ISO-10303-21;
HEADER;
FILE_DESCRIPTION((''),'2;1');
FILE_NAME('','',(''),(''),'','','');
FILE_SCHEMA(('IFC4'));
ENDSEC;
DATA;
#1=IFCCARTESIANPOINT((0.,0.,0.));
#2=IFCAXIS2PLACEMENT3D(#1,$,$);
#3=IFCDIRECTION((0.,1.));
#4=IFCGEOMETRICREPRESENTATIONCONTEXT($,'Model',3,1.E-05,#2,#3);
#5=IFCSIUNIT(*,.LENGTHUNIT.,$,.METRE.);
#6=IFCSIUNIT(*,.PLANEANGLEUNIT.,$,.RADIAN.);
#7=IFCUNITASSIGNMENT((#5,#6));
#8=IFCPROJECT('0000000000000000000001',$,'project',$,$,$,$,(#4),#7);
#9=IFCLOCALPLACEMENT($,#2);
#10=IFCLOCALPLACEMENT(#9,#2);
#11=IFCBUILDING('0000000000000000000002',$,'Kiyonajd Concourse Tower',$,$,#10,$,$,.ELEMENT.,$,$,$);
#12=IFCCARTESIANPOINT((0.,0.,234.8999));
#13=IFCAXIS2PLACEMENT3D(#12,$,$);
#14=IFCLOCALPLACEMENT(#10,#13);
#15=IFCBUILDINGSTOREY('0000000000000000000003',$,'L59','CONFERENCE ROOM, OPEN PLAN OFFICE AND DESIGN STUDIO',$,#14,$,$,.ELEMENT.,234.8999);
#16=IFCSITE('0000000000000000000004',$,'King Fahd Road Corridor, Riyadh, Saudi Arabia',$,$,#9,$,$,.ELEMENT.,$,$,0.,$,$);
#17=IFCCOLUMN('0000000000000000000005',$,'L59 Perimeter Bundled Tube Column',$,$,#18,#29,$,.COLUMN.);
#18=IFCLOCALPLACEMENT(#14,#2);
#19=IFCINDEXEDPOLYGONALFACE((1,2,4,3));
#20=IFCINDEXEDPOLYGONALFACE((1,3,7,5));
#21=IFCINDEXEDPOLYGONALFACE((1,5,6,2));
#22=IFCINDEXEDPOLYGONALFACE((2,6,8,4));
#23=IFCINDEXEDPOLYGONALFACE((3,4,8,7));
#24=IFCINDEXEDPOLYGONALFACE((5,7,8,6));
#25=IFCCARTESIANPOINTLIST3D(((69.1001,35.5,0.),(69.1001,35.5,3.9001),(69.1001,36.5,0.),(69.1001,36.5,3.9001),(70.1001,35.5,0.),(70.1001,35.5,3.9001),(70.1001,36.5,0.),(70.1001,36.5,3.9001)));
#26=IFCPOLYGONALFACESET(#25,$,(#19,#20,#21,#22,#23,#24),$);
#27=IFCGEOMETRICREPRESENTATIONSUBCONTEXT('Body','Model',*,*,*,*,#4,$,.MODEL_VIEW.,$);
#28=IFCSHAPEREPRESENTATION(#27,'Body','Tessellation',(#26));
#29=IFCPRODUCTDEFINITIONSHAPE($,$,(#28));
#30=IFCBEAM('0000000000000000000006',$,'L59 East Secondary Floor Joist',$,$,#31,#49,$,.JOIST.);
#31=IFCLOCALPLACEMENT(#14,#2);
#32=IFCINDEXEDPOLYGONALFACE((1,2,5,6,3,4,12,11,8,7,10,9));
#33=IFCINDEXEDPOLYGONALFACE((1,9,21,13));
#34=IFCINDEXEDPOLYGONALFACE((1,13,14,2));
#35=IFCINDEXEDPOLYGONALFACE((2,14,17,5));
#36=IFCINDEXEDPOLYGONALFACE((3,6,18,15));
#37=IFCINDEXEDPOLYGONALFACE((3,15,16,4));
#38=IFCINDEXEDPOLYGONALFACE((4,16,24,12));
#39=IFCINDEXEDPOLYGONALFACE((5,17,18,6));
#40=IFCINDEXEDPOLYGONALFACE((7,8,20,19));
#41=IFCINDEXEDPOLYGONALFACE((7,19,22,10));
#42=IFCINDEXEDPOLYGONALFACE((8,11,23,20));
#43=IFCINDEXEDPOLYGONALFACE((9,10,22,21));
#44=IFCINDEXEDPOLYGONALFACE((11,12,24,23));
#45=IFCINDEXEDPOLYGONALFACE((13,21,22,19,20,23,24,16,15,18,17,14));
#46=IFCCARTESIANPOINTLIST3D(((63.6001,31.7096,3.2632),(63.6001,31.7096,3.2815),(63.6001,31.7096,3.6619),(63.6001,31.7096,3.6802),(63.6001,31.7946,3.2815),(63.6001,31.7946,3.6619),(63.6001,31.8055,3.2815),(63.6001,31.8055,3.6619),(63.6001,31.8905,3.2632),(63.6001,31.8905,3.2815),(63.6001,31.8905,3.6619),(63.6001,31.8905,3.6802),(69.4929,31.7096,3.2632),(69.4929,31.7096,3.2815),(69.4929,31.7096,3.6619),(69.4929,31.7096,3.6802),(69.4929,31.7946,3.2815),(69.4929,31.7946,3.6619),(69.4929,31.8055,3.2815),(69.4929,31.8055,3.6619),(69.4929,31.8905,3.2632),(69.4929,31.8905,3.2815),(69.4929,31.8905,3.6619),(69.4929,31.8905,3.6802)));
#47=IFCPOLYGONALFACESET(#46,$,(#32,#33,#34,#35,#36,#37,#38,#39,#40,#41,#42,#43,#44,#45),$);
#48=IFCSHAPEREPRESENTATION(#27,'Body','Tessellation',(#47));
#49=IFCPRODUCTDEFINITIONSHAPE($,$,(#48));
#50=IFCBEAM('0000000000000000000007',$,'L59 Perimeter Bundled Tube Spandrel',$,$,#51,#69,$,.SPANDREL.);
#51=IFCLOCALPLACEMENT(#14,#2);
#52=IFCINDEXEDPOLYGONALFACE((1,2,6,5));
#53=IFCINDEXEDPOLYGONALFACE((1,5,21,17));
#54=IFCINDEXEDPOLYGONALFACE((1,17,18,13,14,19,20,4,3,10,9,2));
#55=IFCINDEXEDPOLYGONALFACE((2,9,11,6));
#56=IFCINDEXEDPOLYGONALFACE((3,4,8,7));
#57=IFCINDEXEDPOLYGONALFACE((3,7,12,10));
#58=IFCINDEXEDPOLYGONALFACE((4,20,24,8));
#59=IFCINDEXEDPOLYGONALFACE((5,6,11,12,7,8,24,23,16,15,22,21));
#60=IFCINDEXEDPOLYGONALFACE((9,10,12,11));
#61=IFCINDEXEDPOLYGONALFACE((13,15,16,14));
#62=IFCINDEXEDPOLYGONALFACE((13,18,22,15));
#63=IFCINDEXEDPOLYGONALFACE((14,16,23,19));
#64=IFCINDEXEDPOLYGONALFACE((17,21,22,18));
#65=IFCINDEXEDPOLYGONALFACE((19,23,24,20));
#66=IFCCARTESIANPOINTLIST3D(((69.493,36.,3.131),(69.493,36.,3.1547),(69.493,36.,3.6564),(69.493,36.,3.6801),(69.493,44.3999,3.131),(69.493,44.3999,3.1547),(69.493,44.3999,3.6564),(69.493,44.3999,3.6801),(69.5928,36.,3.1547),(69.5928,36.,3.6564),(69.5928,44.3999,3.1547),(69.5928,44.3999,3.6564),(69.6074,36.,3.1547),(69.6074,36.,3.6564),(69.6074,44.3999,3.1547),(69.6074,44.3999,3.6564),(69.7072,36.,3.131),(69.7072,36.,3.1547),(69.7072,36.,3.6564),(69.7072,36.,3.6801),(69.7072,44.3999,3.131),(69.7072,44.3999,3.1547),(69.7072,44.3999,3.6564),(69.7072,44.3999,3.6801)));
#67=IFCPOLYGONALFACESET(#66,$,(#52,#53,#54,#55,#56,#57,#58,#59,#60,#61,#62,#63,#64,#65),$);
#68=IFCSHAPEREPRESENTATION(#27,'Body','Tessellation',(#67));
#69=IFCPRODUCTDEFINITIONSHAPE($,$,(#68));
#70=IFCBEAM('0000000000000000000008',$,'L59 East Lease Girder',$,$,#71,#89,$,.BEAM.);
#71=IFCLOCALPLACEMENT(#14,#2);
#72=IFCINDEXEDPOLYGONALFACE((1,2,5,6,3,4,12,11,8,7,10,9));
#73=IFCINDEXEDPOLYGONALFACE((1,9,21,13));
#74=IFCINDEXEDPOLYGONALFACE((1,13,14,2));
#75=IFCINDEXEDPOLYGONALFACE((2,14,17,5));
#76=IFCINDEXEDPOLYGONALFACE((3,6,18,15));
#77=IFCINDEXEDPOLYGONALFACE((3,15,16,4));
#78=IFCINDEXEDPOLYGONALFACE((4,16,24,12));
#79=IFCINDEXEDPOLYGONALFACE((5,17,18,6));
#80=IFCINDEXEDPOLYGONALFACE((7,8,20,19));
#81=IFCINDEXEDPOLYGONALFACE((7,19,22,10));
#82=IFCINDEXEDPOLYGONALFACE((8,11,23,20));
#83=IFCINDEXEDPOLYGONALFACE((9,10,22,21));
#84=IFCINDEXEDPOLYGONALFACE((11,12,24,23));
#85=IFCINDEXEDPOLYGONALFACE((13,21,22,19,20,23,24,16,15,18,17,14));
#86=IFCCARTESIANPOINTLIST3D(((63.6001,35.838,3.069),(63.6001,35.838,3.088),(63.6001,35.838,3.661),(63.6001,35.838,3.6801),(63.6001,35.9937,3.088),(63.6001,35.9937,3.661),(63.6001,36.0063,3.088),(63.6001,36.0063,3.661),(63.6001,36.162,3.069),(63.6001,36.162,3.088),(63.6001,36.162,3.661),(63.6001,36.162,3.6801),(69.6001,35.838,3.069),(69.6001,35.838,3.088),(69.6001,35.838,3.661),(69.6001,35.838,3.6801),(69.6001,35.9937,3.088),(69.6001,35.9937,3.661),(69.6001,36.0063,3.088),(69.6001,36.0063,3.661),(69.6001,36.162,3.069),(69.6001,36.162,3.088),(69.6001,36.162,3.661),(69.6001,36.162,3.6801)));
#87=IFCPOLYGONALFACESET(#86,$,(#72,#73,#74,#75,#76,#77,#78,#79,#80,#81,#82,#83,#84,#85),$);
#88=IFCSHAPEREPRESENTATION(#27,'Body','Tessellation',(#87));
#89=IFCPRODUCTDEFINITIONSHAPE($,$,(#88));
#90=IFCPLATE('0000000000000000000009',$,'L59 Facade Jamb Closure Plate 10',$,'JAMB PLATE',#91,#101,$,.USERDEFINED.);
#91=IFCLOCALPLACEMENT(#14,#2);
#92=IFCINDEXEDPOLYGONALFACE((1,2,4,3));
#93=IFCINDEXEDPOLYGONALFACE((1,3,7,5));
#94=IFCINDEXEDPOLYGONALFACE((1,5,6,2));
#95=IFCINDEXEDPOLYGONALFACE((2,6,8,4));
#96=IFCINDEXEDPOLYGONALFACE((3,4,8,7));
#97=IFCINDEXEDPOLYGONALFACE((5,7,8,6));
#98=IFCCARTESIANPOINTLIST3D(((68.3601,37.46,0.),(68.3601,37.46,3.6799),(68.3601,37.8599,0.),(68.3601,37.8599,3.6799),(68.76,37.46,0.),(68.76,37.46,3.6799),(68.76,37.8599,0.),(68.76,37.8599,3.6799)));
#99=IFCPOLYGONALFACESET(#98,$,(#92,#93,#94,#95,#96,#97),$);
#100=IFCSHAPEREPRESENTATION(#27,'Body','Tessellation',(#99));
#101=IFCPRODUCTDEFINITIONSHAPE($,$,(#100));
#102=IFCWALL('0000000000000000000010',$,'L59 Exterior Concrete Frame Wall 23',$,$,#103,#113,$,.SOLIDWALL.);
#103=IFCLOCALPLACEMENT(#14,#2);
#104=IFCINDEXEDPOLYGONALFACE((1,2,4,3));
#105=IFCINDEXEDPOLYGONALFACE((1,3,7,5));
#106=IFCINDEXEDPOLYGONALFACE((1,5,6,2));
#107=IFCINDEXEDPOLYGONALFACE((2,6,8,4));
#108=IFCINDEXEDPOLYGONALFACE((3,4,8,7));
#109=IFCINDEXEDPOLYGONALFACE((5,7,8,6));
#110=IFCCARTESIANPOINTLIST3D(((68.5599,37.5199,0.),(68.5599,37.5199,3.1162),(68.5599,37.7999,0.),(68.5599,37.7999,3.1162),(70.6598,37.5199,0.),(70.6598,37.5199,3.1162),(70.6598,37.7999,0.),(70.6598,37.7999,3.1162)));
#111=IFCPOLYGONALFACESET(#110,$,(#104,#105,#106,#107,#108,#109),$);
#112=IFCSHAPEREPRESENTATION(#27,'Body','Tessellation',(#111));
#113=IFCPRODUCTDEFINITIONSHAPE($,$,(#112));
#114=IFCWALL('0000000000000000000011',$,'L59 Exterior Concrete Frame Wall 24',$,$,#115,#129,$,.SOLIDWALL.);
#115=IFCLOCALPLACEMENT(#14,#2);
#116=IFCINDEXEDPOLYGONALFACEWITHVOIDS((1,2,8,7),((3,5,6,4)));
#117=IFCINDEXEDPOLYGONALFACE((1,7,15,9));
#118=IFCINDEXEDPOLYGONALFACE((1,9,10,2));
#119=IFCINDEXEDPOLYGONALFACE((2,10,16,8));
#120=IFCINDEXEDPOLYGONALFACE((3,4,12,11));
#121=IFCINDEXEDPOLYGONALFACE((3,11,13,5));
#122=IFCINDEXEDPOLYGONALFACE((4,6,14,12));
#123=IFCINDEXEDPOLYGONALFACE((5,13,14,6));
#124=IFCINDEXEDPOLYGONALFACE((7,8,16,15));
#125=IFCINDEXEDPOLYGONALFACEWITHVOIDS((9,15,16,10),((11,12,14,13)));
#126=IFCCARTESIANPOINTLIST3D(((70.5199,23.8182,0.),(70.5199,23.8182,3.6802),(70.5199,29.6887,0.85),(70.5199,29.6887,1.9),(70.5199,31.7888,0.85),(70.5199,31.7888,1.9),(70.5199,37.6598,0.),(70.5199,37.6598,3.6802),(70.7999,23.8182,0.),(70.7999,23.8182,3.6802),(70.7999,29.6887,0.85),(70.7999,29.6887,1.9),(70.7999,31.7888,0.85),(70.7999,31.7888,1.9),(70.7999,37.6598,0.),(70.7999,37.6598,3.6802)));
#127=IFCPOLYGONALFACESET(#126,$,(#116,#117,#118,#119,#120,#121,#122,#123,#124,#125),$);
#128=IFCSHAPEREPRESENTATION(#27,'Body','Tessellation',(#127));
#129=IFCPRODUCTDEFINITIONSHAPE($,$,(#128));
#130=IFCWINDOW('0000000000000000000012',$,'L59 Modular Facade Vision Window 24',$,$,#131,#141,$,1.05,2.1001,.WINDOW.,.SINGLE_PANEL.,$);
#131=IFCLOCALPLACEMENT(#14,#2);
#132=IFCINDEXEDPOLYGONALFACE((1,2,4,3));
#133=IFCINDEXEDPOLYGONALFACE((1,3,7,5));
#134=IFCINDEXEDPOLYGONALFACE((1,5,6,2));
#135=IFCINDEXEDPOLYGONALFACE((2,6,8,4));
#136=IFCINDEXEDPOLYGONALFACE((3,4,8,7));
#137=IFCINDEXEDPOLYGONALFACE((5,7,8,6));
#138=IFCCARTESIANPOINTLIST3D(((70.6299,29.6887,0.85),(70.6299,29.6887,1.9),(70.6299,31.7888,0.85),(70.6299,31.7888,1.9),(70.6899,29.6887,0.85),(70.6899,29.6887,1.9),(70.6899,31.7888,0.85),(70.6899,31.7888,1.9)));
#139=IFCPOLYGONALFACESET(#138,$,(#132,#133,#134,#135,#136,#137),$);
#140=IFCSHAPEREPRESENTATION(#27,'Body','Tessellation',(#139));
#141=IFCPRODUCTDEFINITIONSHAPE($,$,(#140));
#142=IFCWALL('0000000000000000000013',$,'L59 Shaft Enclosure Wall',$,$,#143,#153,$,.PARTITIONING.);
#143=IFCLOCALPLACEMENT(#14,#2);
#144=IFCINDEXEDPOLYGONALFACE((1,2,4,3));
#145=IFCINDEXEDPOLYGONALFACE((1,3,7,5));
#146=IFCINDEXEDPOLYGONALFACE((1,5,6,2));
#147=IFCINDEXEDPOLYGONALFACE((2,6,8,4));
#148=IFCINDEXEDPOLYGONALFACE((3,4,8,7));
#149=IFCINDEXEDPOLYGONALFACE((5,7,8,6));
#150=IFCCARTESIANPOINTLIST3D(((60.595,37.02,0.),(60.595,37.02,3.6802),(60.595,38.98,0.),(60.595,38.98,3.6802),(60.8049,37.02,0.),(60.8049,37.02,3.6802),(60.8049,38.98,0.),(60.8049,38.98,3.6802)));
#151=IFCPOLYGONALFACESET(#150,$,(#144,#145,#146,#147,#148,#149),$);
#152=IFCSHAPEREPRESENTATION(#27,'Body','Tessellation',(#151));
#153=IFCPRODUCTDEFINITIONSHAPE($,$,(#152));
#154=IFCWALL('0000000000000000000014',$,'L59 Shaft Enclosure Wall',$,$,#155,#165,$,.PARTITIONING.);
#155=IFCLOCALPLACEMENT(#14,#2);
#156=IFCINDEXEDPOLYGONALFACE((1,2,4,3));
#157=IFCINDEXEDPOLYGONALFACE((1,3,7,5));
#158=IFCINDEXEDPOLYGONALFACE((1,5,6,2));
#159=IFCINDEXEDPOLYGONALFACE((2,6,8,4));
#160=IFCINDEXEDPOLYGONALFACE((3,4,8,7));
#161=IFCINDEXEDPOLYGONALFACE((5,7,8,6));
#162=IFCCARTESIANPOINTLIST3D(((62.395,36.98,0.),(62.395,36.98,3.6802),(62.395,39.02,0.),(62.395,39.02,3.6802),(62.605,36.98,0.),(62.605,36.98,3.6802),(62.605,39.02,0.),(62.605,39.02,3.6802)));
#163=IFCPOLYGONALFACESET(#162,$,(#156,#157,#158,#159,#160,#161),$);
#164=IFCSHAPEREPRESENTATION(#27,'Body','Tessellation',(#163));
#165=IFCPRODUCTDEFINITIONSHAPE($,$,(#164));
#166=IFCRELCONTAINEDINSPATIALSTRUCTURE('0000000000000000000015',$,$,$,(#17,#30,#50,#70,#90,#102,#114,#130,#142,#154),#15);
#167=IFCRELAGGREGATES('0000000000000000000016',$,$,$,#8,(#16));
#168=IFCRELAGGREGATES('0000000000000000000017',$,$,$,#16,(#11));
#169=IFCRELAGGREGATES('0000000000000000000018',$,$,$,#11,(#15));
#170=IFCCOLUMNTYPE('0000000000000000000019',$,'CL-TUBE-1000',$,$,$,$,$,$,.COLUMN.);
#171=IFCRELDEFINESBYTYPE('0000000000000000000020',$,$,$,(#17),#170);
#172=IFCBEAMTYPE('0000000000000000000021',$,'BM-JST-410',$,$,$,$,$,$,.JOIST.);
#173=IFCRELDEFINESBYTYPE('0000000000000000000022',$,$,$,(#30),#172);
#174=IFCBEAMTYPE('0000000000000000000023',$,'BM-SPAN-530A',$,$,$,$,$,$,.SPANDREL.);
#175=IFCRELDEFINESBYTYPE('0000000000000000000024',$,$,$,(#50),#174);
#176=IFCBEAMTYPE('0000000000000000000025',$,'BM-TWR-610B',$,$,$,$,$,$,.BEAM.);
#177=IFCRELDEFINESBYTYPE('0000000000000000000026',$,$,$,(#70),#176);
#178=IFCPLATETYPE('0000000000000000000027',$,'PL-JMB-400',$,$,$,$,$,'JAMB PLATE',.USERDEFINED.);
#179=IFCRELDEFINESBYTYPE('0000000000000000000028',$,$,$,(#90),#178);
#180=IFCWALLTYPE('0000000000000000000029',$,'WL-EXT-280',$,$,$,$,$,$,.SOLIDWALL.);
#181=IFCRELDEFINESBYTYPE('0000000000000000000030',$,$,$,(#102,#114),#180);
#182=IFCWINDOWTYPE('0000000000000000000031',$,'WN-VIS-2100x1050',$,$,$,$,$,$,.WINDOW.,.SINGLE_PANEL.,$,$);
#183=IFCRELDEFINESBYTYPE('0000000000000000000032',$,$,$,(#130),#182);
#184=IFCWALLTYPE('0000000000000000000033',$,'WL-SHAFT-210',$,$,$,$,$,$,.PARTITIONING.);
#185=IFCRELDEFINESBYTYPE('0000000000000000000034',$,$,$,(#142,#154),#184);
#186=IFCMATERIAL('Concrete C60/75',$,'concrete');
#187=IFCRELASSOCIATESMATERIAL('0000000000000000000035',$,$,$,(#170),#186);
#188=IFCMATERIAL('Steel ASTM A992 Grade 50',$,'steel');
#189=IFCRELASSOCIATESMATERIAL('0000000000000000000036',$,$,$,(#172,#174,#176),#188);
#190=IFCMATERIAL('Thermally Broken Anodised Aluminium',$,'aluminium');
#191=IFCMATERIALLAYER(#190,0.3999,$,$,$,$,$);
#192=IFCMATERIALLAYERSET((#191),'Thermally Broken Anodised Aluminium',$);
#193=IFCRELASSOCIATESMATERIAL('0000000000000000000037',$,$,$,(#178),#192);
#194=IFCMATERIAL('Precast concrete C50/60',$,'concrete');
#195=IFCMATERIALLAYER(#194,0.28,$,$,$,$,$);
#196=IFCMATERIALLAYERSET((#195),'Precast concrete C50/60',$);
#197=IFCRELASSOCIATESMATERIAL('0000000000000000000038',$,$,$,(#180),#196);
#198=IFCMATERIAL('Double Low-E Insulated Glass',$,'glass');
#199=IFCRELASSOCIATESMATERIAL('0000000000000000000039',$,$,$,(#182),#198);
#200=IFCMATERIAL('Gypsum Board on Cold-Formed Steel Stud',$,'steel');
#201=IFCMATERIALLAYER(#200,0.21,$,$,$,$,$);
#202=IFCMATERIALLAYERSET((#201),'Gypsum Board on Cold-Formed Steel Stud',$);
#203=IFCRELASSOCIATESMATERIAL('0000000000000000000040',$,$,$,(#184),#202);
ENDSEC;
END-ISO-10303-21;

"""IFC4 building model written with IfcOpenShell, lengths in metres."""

from ifc_helpers import new_model, si_unit, direction, frame, frame_2d, origin, origin_2d, place, context, subcontext, project, spatial, rectangle, i_section, extrude, material, layer, layer_set, material_profile, profile_set, type_object, element, fill, save


model = new_model("IFC4")

# Units and contexts
model_context = context("Model", 3, precision=1e-05, world=origin(), true_north=direction((0.0, 1.0)))
body_context = subcontext(model_context, "Body", "Model", "MODEL_VIEW")
ifc_project = project(units=[si_unit("LENGTHUNIT", "METRE"), si_unit("PLANEANGLEUNIT", "RADIAN")], contexts=[model_context])

# Site, building, storey
site_placement = place(None, origin())
site = spatial("IfcSite", under=ifc_project, at=site_placement, Name="King Fahd Road Corridor, Riyadh, Saudi Arabia", CompositionType="ELEMENT", RefElevation=0.0)
building_placement = place(site_placement, origin())
building = spatial("IfcBuilding", under=site, at=building_placement, Name="Kiyonajd Concourse Tower", CompositionType="ELEMENT")
storey_placement = place(building_placement, frame((0.0, 0.0, 234.8999)))
storey = spatial("IfcBuildingStorey", under=building, at=storey_placement, Name="L59", Description="CONFERENCE ROOM, OPEN PLAN OFFICE AND DESIGN STUDIO", CompositionType="ELEMENT", Elevation=234.8999)

# Column
ifc_material_1 = material(Name="Concrete C60/75", Category="concrete")
ifc_material_profile_1 = material_profile(ifc_material_1, rectangle(XDim=1.0, YDim=1.0, at=origin_2d()), Name="RC-1000x1000")
ifc_profile_set_1 = profile_set([ifc_material_profile_1], Name="Concrete C60/75")
column_type = type_object("IfcColumnType", Name="CL-TUBE-1000", PredefinedType="COLUMN", material=ifc_profile_set_1)
column_placement = place(storey_placement, frame((69.6001, 36.0, 0.0), z_axis=(0.0, 0.0, 1.0), x_axis=(1.0, 0.0, 0.0)))
element("IfcColumn", 1, at=column_placement, inside=storey, type_object=column_type, Name="L59 Perimeter Bundled Tube Column", PredefinedType="COLUMN", context=body_context, shape_type="SweptSolid", body=[
    extrude(rectangle(XDim=1.0, YDim=1.0, at=origin_2d()), origin(), (0.0, 0.0, 1.0), 3.9001),
])

# Beams
ifc_material_2 = material(Name="Steel ASTM A992 Grade 50", Category="steel")
ifc_material_profile_2 = material_profile(ifc_material_2, i_section(OverallWidth=0.1809, OverallDepth=0.417, WebThickness=0.011, FlangeThickness=0.0183, at=origin_2d()), Name="W410X85")
ifc_profile_set_2 = profile_set([ifc_material_profile_2], Name="Steel ASTM A992 Grade 50")
beam_type_1 = type_object("IfcBeamType", Name="BM-JST-410", PredefinedType="JOIST", material=ifc_profile_set_2)
beam_1_placement = place(storey_placement, frame((63.6001, 31.8, 3.4717), z_axis=(1.0, 0.0, 0.0), x_axis=(0.0, 1.0, 0.0)))
element("IfcBeam", 2, at=beam_1_placement, inside=storey, type_object=beam_type_1, Name="L59 East Secondary Floor Joist", PredefinedType="JOIST", context=body_context, shape_type="SweptSolid", body=[
    extrude(i_section(OverallWidth=0.1809, OverallDepth=0.417, WebThickness=0.011, FlangeThickness=0.0183, at=origin_2d()), origin(), (0.0, 0.0, 1.0), 5.8928),
])
ifc_material_profile_3 = material_profile(ifc_material_2, i_section(OverallWidth=0.2141, OverallDepth=0.5491, WebThickness=0.0146, FlangeThickness=0.0237, at=origin_2d()), Name="W530X138")
ifc_profile_set_3 = profile_set([ifc_material_profile_3], Name="Steel ASTM A992 Grade 50")
beam_type_2 = type_object("IfcBeamType", Name="BM-SPAN-530A", PredefinedType="SPANDREL", material=ifc_profile_set_3)
beam_2_placement = place(storey_placement, frame((69.6001, 36.0, 3.4055), z_axis=(0.0, 1.0, 0.0), x_axis=(-1.0, 0.0, 0.0)))
element("IfcBeam", 3, at=beam_2_placement, inside=storey, type_object=beam_type_2, Name="L59 Perimeter Bundled Tube Spandrel", PredefinedType="SPANDREL", context=body_context, shape_type="SweptSolid", body=[
    extrude(i_section(OverallWidth=0.2141, OverallDepth=0.5491, WebThickness=0.0146, FlangeThickness=0.0237, at=origin_2d()), origin(), (0.0, 0.0, 1.0), 8.3999),
])
ifc_material_profile_4 = material_profile(ifc_material_2, i_section(OverallWidth=0.324, OverallDepth=0.6111, WebThickness=0.0127, FlangeThickness=0.019, at=origin_2d()), Name="W610X155")
ifc_profile_set_4 = profile_set([ifc_material_profile_4], Name="Steel ASTM A992 Grade 50")
beam_type_3 = type_object("IfcBeamType", Name="BM-TWR-610B", PredefinedType="BEAM", material=ifc_profile_set_4)
beam_3_placement = place(storey_placement, frame((63.6001, 36.0, 3.3745), z_axis=(1.0, 0.0, 0.0), x_axis=(0.0, 1.0, 0.0)))
element("IfcBeam", 4, at=beam_3_placement, inside=storey, type_object=beam_type_3, Name="L59 East Lease Girder", PredefinedType="BEAM", context=body_context, shape_type="SweptSolid", body=[
    extrude(i_section(OverallWidth=0.324, OverallDepth=0.6111, WebThickness=0.0127, FlangeThickness=0.019, at=origin_2d()), origin(), (0.0, 0.0, 1.0), 6.0),
])

# Plate
ifc_material_3 = material(Name="Thermally Broken Anodised Aluminium", Category="aluminium")
ifc_layer_1 = layer(ifc_material_3, 0.3999)
ifc_layer_set_1 = layer_set([ifc_layer_1], Name="Thermally Broken Anodised Aluminium")
plate_type = type_object("IfcPlateType", Name="PL-JMB-400", ElementType="JAMB PLATE", PredefinedType="USERDEFINED", material=ifc_layer_set_1)
plate_placement = place(storey_placement, frame((68.5601, 37.6599, 0.0), z_axis=(0.0, 0.0, 1.0), x_axis=(1.0, 0.0, 0.0)))
element("IfcPlate", 5, at=plate_placement, inside=storey, type_object=plate_type, Name="L59 Facade Jamb Closure Plate 10", ObjectType="JAMB PLATE", PredefinedType="USERDEFINED", context=body_context, shape_type="SweptSolid", body=[
    extrude(rectangle(XDim=0.3999, YDim=0.3999, at=origin_2d()), origin(), (0.0, 0.0, 1.0), 3.6799),
])

# Wall
ifc_material_4 = material(Name="Precast concrete C50/60", Category="concrete")
ifc_layer_2 = layer(ifc_material_4, 0.28)
ifc_layer_set_2 = layer_set([ifc_layer_2], Name="Precast concrete C50/60")
wall_type_1 = type_object("IfcWallType", Name="WL-EXT-280", PredefinedType="SOLIDWALL", material=ifc_layer_set_2)
wall_1_placement = place(storey_placement, frame((68.5601, 37.6599, 0.0), z_axis=(0.0, 0.0, 1.0), x_axis=(1.0, 0.0, 0.0)))
element("IfcWall", 6, at=wall_1_placement, inside=storey, type_object=wall_type_1, Name="L59 Exterior Concrete Frame Wall 23", PredefinedType="SOLIDWALL", context=body_context, shape_type="SweptSolid", body=[
    extrude(rectangle(XDim=2.0999, YDim=0.28, at=frame_2d((1.0498, 0.0))), origin(), (0.0, 0.0, 1.0), 3.1162),
])

# Wall, opening, window
wall_2_placement = place(storey_placement, frame((70.6599, 37.6599, 0.0), z_axis=(0.0, 0.0, 1.0), x_axis=(0.0, -1.0, 0.0)))
wall_2 = element("IfcWall", 7, at=wall_2_placement, inside=storey, type_object=wall_type_1, Name="L59 Exterior Concrete Frame Wall 24", PredefinedType="SOLIDWALL", context=body_context, shape_type="SweptSolid", body=[
    extrude(rectangle(XDim=13.8416, YDim=0.28, at=frame_2d((6.9209, 0.0))), origin(), (0.0, 0.0, 1.0), 3.6802),
])
opening_1_placement = place(wall_2_placement, frame((5.8711, 0.0, 0.8501)))
opening_1 = element("IfcOpeningElement", 8, at=opening_1_placement, cuts=wall_2, PredefinedType="OPENING", context=body_context, shape_type="SweptSolid", body=[
    extrude(rectangle(XDim=2.1001, YDim=1.05, at=frame_2d((1.05, 0.5249))), frame((0.0, 0.1499, 0.0), z_axis=(0.0, -1.0, 0.0), x_axis=(1.0, 0.0, 0.0)), (0.0, 0.0, 1.0), 0.3),
])
ifc_material_5 = material(Name="Double Low-E Insulated Glass", Category="glass")
window_type = type_object("IfcWindowType", Name="WN-VIS-2100x1050", PartitioningType="SINGLE_PANEL", PredefinedType="WINDOW", material=ifc_material_5)
window_placement = place(opening_1_placement, origin())
window = element("IfcWindow", 9, at=window_placement, inside=storey, type_object=window_type, Name="L59 Modular Facade Vision Window 24", OverallHeight=1.05, OverallWidth=2.1001, PartitioningType="SINGLE_PANEL", PredefinedType="WINDOW", context=body_context, shape_type="SweptSolid", body=[
    extrude(rectangle(XDim=2.1001, YDim=1.05, at=frame_2d((1.05, 0.5249))), frame((0.0, 0.03, 0.0), z_axis=(0.0, -1.0, 0.0), x_axis=(1.0, 0.0, 0.0)), (0.0, 0.0, 1.0), 0.0601),
])
fill(opening_1, window)

# Walls
ifc_material_6 = material(Name="Gypsum Board on Cold-Formed Steel Stud", Category="steel")
ifc_layer_3 = layer(ifc_material_6, 0.21)
ifc_layer_set_3 = layer_set([ifc_layer_3], Name="Gypsum Board on Cold-Formed Steel Stud")
wall_type_2 = type_object("IfcWallType", Name="WL-SHAFT-210", PredefinedType="PARTITIONING", material=ifc_layer_set_3)
wall_3_placement = place(storey_placement, frame((60.7, 37.02, 0.0), z_axis=(0.0, 0.0, 1.0), x_axis=(0.0, 1.0, 0.0)))
element("IfcWall", 10, at=wall_3_placement, inside=storey, type_object=wall_type_2, Name="L59 Shaft Enclosure Wall", PredefinedType="PARTITIONING", context=body_context, shape_type="SweptSolid", body=[
    extrude(rectangle(XDim=1.96, YDim=0.21, at=frame_2d((0.98, 0.0))), origin(), (0.0, 0.0, 1.0), 3.6802),
])
wall_4_placement = place(storey_placement, frame((62.5, 36.98, 0.0), z_axis=(0.0, 0.0, 1.0), x_axis=(0.0, 1.0, 0.0)))
element("IfcWall", 11, at=wall_4_placement, inside=storey, type_object=wall_type_2, Name="L59 Shaft Enclosure Wall", PredefinedType="PARTITIONING", context=body_context, shape_type="SweptSolid", body=[
    extrude(rectangle(XDim=2.04, YDim=0.21, at=frame_2d((1.02, 0.0))), origin(), (0.0, 0.0, 1.0), 3.6802),
])

save(model, "model.ifc")
